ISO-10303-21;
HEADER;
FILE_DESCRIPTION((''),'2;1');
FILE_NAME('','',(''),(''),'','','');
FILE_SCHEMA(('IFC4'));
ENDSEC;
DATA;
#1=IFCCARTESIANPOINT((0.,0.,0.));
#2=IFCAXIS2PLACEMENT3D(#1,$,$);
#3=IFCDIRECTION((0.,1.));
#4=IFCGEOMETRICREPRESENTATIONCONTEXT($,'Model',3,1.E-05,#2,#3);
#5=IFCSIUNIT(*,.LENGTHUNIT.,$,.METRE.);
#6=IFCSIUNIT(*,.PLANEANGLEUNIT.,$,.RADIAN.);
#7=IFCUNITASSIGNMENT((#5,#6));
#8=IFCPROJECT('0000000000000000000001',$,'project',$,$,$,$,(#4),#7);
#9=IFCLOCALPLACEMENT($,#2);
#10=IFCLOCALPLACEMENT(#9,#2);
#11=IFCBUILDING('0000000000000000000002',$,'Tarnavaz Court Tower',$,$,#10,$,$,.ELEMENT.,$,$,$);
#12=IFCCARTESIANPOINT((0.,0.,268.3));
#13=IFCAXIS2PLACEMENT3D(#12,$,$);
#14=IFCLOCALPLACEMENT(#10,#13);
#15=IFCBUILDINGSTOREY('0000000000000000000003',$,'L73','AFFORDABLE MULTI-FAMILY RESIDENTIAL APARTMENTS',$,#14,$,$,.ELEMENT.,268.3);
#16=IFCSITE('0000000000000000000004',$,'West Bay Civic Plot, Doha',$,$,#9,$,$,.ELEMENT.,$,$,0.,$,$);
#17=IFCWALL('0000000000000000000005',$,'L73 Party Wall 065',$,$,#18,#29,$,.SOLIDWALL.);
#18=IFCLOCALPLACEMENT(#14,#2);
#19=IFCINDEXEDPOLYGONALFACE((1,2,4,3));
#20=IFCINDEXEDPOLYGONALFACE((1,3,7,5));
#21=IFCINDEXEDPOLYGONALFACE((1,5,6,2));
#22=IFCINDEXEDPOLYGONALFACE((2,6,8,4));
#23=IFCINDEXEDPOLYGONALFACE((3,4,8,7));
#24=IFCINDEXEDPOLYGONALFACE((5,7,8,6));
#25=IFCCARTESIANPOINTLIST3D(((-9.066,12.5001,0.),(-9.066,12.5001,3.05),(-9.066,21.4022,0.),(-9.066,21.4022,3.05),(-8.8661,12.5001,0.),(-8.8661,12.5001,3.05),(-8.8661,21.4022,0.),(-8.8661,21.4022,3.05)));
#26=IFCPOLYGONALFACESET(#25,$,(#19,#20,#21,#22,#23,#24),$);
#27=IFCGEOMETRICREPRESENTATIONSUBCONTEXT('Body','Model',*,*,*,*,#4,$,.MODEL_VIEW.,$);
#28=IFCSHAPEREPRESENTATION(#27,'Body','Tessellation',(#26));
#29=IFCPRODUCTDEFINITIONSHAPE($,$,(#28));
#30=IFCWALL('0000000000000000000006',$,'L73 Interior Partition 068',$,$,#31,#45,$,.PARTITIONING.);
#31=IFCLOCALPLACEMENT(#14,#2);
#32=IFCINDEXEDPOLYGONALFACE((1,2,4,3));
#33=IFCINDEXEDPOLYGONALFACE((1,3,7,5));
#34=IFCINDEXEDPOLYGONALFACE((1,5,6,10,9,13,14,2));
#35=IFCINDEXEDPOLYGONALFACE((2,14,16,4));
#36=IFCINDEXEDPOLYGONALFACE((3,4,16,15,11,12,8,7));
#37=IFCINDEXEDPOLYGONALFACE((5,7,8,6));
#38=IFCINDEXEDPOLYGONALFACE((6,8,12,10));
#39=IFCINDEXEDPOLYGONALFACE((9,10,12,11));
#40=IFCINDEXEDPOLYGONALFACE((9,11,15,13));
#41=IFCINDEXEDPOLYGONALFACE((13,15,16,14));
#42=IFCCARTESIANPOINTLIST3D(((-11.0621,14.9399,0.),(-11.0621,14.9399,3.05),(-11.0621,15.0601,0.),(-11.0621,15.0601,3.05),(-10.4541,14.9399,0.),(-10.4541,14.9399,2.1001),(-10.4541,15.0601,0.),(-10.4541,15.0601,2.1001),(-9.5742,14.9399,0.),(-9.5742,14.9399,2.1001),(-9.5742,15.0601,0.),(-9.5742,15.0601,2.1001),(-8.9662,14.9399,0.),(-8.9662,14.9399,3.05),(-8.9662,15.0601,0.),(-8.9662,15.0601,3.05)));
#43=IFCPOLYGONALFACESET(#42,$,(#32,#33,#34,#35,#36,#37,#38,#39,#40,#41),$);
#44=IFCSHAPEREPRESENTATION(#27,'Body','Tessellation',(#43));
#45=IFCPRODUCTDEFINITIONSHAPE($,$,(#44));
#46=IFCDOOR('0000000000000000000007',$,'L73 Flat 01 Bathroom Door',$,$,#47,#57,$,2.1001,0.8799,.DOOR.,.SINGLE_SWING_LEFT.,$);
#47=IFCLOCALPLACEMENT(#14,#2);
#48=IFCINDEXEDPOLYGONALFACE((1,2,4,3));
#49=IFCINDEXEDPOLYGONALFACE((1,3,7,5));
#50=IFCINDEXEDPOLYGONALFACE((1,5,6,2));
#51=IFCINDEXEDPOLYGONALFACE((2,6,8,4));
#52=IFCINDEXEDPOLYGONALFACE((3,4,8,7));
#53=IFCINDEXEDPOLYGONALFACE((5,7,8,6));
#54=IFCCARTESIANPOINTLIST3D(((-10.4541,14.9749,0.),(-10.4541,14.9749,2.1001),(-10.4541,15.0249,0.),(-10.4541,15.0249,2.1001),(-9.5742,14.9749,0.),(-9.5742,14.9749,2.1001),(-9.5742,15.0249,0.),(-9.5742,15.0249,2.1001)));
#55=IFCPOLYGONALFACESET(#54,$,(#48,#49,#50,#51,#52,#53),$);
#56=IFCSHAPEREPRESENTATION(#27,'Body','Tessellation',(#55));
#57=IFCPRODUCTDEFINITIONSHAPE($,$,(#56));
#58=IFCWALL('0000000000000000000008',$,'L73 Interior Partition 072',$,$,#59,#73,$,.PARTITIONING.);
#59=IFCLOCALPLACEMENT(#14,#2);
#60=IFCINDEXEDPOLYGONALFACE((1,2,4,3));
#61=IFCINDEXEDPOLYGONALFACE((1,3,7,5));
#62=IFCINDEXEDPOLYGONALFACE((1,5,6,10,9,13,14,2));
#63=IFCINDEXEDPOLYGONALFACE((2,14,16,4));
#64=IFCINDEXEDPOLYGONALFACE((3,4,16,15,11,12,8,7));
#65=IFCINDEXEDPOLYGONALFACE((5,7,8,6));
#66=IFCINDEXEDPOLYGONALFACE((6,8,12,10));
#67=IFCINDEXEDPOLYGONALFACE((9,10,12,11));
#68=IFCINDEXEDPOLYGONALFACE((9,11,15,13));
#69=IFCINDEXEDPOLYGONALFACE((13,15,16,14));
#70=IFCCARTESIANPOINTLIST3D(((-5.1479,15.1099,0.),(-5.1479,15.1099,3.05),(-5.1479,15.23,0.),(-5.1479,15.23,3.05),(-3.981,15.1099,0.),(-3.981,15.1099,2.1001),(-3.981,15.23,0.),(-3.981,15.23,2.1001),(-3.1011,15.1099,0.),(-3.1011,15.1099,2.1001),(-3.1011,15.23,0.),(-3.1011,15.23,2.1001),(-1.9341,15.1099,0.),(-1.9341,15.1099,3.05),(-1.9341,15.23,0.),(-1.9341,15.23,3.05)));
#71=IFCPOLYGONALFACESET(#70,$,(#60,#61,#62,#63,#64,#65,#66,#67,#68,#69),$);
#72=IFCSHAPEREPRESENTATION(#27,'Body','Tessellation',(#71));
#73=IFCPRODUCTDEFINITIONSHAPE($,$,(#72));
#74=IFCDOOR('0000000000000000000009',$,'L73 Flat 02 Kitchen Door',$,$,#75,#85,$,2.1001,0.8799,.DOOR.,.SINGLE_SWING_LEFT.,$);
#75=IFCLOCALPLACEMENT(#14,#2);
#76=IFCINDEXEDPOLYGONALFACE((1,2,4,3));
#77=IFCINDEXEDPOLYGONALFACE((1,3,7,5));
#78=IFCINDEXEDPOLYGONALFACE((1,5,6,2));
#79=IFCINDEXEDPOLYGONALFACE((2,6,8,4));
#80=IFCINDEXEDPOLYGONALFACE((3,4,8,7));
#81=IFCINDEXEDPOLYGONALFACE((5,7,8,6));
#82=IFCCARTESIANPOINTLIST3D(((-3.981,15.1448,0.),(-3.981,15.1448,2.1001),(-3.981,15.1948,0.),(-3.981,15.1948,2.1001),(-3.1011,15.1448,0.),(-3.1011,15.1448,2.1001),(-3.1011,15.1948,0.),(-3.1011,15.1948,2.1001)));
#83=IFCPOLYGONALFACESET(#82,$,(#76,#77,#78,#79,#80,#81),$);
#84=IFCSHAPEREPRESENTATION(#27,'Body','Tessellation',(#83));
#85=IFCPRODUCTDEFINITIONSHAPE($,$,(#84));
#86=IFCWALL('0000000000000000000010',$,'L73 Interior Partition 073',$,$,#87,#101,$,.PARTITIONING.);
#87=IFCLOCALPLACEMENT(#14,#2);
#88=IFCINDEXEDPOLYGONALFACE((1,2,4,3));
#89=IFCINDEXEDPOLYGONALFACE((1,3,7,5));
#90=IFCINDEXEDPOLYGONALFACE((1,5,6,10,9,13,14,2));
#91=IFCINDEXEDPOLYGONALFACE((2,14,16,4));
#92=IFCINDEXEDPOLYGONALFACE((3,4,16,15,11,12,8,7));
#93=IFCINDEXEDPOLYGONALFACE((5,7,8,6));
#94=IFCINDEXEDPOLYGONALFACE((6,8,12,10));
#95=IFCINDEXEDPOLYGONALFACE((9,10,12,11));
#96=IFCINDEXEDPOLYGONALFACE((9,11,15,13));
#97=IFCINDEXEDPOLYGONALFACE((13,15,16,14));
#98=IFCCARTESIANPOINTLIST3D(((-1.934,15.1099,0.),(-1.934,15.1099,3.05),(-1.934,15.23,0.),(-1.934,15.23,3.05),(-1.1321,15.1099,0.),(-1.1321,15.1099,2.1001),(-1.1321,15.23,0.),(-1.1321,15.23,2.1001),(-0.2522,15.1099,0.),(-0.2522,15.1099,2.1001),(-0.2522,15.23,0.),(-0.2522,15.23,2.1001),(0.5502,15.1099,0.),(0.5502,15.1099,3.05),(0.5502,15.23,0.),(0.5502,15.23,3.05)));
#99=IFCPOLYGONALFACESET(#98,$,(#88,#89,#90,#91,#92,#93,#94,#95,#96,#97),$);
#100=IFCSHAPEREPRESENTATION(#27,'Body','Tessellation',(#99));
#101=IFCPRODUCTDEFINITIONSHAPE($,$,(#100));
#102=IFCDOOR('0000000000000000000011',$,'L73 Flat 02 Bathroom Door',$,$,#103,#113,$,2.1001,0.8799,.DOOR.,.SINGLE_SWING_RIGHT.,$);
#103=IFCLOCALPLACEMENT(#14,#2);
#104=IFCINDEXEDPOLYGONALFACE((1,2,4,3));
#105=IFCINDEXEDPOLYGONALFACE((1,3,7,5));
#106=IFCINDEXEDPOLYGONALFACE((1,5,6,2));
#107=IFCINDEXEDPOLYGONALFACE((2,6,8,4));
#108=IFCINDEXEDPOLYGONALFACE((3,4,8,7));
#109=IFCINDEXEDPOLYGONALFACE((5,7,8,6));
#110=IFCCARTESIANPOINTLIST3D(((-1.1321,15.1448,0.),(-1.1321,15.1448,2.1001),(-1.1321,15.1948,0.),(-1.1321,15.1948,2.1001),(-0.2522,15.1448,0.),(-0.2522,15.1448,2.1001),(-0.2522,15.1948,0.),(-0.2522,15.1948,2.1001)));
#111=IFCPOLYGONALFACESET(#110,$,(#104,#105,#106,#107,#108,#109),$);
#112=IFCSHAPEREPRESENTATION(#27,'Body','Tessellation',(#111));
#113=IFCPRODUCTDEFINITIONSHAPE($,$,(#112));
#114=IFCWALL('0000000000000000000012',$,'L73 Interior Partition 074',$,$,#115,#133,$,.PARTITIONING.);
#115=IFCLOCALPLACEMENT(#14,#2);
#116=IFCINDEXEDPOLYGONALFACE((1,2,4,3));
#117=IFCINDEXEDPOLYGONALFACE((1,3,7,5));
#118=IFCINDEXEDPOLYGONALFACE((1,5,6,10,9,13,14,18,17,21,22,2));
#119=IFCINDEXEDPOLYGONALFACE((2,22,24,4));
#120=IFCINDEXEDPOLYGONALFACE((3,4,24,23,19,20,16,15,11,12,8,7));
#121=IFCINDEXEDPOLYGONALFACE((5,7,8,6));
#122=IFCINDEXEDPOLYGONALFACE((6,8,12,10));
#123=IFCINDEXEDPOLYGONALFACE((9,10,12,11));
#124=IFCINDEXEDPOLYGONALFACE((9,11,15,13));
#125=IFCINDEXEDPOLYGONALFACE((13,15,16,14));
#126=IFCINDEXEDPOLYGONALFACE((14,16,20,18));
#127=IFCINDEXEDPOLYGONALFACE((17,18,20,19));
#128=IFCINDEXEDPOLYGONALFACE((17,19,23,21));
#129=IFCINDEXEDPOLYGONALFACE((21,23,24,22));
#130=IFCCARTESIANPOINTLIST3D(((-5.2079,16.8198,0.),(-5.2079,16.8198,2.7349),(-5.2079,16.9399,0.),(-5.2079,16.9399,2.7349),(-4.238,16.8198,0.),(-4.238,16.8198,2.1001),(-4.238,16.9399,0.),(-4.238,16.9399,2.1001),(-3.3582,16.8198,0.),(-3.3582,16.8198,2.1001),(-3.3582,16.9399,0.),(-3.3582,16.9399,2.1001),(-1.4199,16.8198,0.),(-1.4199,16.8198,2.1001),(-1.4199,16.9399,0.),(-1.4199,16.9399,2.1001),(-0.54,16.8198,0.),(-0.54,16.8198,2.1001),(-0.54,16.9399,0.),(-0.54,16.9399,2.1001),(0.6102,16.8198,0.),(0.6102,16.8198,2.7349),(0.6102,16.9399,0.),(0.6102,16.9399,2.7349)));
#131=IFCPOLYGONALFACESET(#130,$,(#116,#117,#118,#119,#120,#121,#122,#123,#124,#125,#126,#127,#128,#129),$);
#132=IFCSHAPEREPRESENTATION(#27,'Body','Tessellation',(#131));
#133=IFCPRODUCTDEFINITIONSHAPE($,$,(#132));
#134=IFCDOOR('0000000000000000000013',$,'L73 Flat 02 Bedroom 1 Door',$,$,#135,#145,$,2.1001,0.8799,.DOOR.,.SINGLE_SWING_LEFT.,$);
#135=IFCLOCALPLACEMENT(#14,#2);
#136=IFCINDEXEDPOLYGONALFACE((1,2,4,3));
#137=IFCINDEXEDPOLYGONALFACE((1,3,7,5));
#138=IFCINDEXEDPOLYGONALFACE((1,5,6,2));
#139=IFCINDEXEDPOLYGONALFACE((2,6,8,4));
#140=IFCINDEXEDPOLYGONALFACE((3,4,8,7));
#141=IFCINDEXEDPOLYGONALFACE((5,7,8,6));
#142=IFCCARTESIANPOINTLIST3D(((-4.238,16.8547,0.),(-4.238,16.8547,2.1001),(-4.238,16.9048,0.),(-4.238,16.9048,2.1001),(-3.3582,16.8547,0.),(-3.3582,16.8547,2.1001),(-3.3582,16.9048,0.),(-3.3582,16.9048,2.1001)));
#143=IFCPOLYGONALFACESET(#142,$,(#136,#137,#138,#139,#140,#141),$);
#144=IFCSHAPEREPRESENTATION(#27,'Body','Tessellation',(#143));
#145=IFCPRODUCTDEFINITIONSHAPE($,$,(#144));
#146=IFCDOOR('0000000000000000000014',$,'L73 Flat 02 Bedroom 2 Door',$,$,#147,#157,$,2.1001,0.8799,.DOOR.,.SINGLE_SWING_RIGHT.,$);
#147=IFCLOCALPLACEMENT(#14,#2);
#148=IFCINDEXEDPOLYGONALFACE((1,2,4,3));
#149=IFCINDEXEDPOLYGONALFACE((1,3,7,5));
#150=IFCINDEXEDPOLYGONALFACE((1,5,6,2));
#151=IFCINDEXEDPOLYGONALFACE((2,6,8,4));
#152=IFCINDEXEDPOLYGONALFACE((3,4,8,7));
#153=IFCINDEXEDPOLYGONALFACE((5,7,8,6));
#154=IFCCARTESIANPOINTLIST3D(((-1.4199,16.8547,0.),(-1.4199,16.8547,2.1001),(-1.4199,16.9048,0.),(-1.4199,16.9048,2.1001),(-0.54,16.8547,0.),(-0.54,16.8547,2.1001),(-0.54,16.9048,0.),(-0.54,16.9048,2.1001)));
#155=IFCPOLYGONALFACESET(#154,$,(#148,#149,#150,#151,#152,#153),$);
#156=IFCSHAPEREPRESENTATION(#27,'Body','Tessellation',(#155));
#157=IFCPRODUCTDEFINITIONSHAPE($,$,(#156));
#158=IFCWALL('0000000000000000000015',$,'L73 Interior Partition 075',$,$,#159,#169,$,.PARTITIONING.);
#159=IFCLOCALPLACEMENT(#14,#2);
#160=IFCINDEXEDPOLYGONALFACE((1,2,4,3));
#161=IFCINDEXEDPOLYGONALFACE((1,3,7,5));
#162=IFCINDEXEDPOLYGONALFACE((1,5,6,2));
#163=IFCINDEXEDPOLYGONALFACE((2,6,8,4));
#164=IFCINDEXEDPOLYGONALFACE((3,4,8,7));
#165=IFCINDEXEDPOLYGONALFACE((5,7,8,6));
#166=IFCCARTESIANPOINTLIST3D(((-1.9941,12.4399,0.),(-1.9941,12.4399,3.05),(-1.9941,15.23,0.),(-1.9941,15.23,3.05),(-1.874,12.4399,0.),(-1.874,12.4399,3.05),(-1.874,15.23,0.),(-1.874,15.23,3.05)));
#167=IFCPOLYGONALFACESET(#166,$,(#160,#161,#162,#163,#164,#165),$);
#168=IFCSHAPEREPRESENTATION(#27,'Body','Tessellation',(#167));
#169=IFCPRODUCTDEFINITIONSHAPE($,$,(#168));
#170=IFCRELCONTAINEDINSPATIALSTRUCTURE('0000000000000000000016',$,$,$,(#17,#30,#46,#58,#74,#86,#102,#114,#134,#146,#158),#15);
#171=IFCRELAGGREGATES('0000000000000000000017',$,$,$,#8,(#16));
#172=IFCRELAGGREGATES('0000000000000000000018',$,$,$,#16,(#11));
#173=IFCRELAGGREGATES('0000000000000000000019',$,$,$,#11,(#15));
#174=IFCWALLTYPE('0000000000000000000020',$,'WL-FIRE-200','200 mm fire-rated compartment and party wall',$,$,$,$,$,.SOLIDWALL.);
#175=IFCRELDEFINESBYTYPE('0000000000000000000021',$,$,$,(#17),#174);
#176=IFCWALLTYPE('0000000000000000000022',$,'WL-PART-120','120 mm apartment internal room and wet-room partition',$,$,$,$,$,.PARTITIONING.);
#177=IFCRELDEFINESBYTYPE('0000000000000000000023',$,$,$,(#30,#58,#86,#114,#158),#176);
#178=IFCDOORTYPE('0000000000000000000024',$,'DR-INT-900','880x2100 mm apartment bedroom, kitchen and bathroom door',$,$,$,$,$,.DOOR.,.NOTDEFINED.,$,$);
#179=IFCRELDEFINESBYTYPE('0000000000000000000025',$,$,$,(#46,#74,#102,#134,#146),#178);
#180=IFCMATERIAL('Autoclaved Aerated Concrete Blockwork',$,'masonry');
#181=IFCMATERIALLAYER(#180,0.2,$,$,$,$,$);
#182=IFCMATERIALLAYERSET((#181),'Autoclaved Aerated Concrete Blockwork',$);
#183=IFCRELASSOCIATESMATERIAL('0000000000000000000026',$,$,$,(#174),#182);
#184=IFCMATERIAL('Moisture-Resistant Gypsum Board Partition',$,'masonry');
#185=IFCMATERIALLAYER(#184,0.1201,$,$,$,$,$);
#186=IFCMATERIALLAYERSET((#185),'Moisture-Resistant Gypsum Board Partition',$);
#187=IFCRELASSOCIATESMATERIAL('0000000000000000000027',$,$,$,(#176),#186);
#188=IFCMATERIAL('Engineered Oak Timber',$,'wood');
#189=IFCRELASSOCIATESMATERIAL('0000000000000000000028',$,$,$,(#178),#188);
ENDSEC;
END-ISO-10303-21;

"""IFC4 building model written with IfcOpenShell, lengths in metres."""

from ifc_helpers import new_model, si_unit, direction, frame, frame_2d, origin, place, context, subcontext, project, spatial, rectangle, extrude, material, layer, layer_set, type_object, element, fill, save


model = new_model("IFC4")

# Units and contexts
model_context = context("Model", 3, precision=1e-05, world=origin(), true_north=direction((0.0, 1.0)))
body_context = subcontext(model_context, "Body", "Model", "MODEL_VIEW")
ifc_project = project(units=[si_unit("LENGTHUNIT", "METRE"), si_unit("PLANEANGLEUNIT", "RADIAN")], contexts=[model_context])

# Site, building, storey
site_placement = place(None, origin())
site = spatial("IfcSite", under=ifc_project, at=site_placement, Name="West Bay Civic Plot, Doha", CompositionType="ELEMENT", RefElevation=0.0)
building_placement = place(site_placement, origin())
building = spatial("IfcBuilding", under=site, at=building_placement, Name="Tarnavaz Court Tower", CompositionType="ELEMENT")
storey_placement = place(building_placement, frame((0.0, 0.0, 268.3)))
storey = spatial("IfcBuildingStorey", under=building, at=storey_placement, Name="L73", Description="AFFORDABLE MULTI-FAMILY RESIDENTIAL APARTMENTS", CompositionType="ELEMENT", Elevation=268.3)

# Wall
ifc_material_1 = material(Name="Autoclaved Aerated Concrete Blockwork", Category="masonry")
ifc_layer_1 = layer(ifc_material_1, 0.2)
ifc_layer_set_1 = layer_set([ifc_layer_1], Name="Autoclaved Aerated Concrete Blockwork")
wall_type_1 = type_object("IfcWallType", Name="WL-FIRE-200", Description="200 mm fire-rated compartment and party wall", PredefinedType="SOLIDWALL", material=ifc_layer_set_1)
wall_1_placement = place(storey_placement, frame((-8.9661, 12.5, 0.0), z_axis=(0.0, 0.0, 1.0), x_axis=(0.0, 1.0, 0.0)))
element("IfcWall", 1, at=wall_1_placement, inside=storey, type_object=wall_type_1, Name="L73 Party Wall 065", PredefinedType="SOLIDWALL", context=body_context, shape_type="SweptSolid", body=[
    extrude(rectangle(XDim=8.9021, YDim=0.2, at=frame_2d((4.4512, 0.0))), origin(), (0.0, 0.0, 1.0), 3.05),
])

# Walls, openings, doors
ifc_material_2 = material(Name="Moisture-Resistant Gypsum Board Partition", Category="masonry")
ifc_layer_2 = layer(ifc_material_2, 0.1201)
ifc_layer_set_2 = layer_set([ifc_layer_2], Name="Moisture-Resistant Gypsum Board Partition")
wall_type_2 = type_object("IfcWallType", Name="WL-PART-120", Description="120 mm apartment internal room and wet-room partition", PredefinedType="PARTITIONING", material=ifc_layer_set_2)
wall_2_placement = place(storey_placement, frame((-11.062, 15.0, 0.0), z_axis=(0.0, 0.0, 1.0), x_axis=(1.0, 0.0, 0.0)))
wall_2 = element("IfcWall", 2, at=wall_2_placement, inside=storey, type_object=wall_type_2, Name="L73 Interior Partition 068", PredefinedType="PARTITIONING", context=body_context, shape_type="SweptSolid", body=[
    extrude(rectangle(XDim=2.0959, YDim=0.1201, at=frame_2d((1.0479, 0.0))), origin(), (0.0, 0.0, 1.0), 3.05),
])
opening_1_placement = place(wall_2_placement, frame((0.6079, 0.0, 0.0)))
opening_1 = element("IfcOpeningElement", 3, at=opening_1_placement, cuts=wall_2, PredefinedType="OPENING", context=body_context, shape_type="SweptSolid", body=[
    extrude(rectangle(XDim=0.8799, YDim=2.1001, at=frame_2d((0.4399, 1.05))), frame((0.0, 0.0701, 0.0), z_axis=(0.0, -1.0, 0.0), x_axis=(1.0, 0.0, 0.0)), (0.0, 0.0, 1.0), 0.1401),
])
ifc_material_3 = material(Name="Engineered Oak Timber", Category="wood")
door_type = type_object("IfcDoorType", Name="DR-INT-900", Description="880x2100 mm apartment bedroom, kitchen and bathroom door", OperationType="NOTDEFINED", PredefinedType="DOOR", material=ifc_material_3)
door_1_placement = place(opening_1_placement, origin())
door_1 = element("IfcDoor", 4, at=door_1_placement, inside=storey, type_object=door_type, Name="L73 Flat 01 Bathroom Door", OperationType="SINGLE_SWING_LEFT", OverallHeight=2.1001, OverallWidth=0.8799, PredefinedType="DOOR", context=body_context, shape_type="SweptSolid", body=[
    extrude(rectangle(XDim=0.8799, YDim=2.1001, at=frame_2d((0.4399, 1.05))), frame((0.0, 0.0249, 0.0), z_axis=(0.0, -1.0, 0.0), x_axis=(1.0, 0.0, 0.0)), (0.0, 0.0, 1.0), 0.05),
])
fill(opening_1, door_1)
wall_3_placement = place(storey_placement, frame((-5.1479, 15.1699, 0.0), z_axis=(0.0, 0.0, 1.0), x_axis=(1.0, 0.0, 0.0)))
wall_3 = element("IfcWall", 5, at=wall_3_placement, inside=storey, type_object=wall_type_2, Name="L73 Interior Partition 072", PredefinedType="PARTITIONING", context=body_context, shape_type="SweptSolid", body=[
    extrude(rectangle(XDim=3.2139, YDim=0.1201, at=frame_2d((1.6069, 0.0))), origin(), (0.0, 0.0, 1.0), 3.05),
])
opening_2_placement = place(wall_3_placement, frame((1.167, 0.0, 0.0)))
opening_2 = element("IfcOpeningElement", 6, at=opening_2_placement, cuts=wall_3, PredefinedType="OPENING", context=body_context, shape_type="SweptSolid", body=[
    extrude(rectangle(XDim=0.8799, YDim=2.1001, at=frame_2d((0.4399, 1.05))), frame((0.0, 0.0701, 0.0), z_axis=(0.0, -1.0, 0.0), x_axis=(1.0, 0.0, 0.0)), (0.0, 0.0, 1.0), 0.1401),
])
door_2_placement = place(opening_2_placement, origin())
door_2 = element("IfcDoor", 7, at=door_2_placement, inside=storey, type_object=door_type, Name="L73 Flat 02 Kitchen Door", OperationType="SINGLE_SWING_LEFT", OverallHeight=2.1001, OverallWidth=0.8799, PredefinedType="DOOR", context=body_context, shape_type="SweptSolid", body=[
    extrude(rectangle(XDim=0.8799, YDim=2.1001, at=frame_2d((0.4399, 1.05))), frame((0.0, 0.0249, 0.0), z_axis=(0.0, -1.0, 0.0), x_axis=(1.0, 0.0, 0.0)), (0.0, 0.0, 1.0), 0.05),
])
fill(opening_2, door_2)
wall_4_placement = place(storey_placement, frame((-1.9341, 15.1699, 0.0), z_axis=(0.0, 0.0, 1.0), x_axis=(1.0, 0.0, 0.0)))
wall_4 = element("IfcWall", 8, at=wall_4_placement, inside=storey, type_object=wall_type_2, Name="L73 Interior Partition 073", PredefinedType="PARTITIONING", context=body_context, shape_type="SweptSolid", body=[
    extrude(rectangle(XDim=2.4841, YDim=0.1201, at=frame_2d((1.2422, 0.0))), origin(), (0.0, 0.0, 1.0), 3.05),
])
opening_3_placement = place(wall_4_placement, frame((0.802, 0.0, 0.0)))
opening_3 = element("IfcOpeningElement", 9, at=opening_3_placement, cuts=wall_4, PredefinedType="OPENING", context=body_context, shape_type="SweptSolid", body=[
    extrude(rectangle(XDim=0.8799, YDim=2.1001, at=frame_2d((0.4399, 1.05))), frame((0.0, 0.0701, 0.0), z_axis=(0.0, -1.0, 0.0), x_axis=(1.0, 0.0, 0.0)), (0.0, 0.0, 1.0), 0.1401),
])
door_3_placement = place(opening_3_placement, origin())
door_3 = element("IfcDoor", 10, at=door_3_placement, inside=storey, type_object=door_type, Name="L73 Flat 02 Bathroom Door", OperationType="SINGLE_SWING_RIGHT", OverallHeight=2.1001, OverallWidth=0.8799, PredefinedType="DOOR", context=body_context, shape_type="SweptSolid", body=[
    extrude(rectangle(XDim=0.8799, YDim=2.1001, at=frame_2d((0.4399, 1.05))), frame((0.0, 0.0249, 0.0), z_axis=(0.0, -1.0, 0.0), x_axis=(1.0, 0.0, 0.0)), (0.0, 0.0, 1.0), 0.05),
])
fill(opening_3, door_3)

# Wall, openings, doors
wall_5_placement = place(storey_placement, frame((-5.208, 16.8799, 0.0), z_axis=(0.0, 0.0, 1.0), x_axis=(1.0, 0.0, 0.0)))
wall_5 = element("IfcWall", 11, at=wall_5_placement, inside=storey, type_object=wall_type_2, Name="L73 Interior Partition 074", PredefinedType="PARTITIONING", context=body_context, shape_type="SweptSolid", body=[
    extrude(rectangle(XDim=5.8181, YDim=0.1201, at=frame_2d((2.9092, 0.0))), origin(), (0.0, 0.0, 1.0), 2.7349),
])
opening_4_placement = place(wall_5_placement, frame((0.97, 0.0, 0.0)))
opening_4 = element("IfcOpeningElement", 12, at=opening_4_placement, cuts=wall_5, PredefinedType="OPENING", context=body_context, shape_type="SweptSolid", body=[
    extrude(rectangle(XDim=0.8799, YDim=2.1001, at=frame_2d((0.4399, 1.05))), frame((0.0, 0.0701, 0.0), z_axis=(0.0, -1.0, 0.0), x_axis=(1.0, 0.0, 0.0)), (0.0, 0.0, 1.0), 0.1401),
])
opening_5_placement = place(wall_5_placement, frame((3.7881, 0.0, 0.0)))
opening_5 = element("IfcOpeningElement", 13, at=opening_5_placement, cuts=wall_5, PredefinedType="OPENING", context=body_context, shape_type="SweptSolid", body=[
    extrude(rectangle(XDim=0.8799, YDim=2.1001, at=frame_2d((0.4399, 1.05))), frame((0.0, 0.0701, 0.0), z_axis=(0.0, -1.0, 0.0), x_axis=(1.0, 0.0, 0.0)), (0.0, 0.0, 1.0), 0.1401),
])
door_4_placement = place(opening_4_placement, origin())
door_4 = element("IfcDoor", 14, at=door_4_placement, inside=storey, type_object=door_type, Name="L73 Flat 02 Bedroom 1 Door", OperationType="SINGLE_SWING_LEFT", OverallHeight=2.1001, OverallWidth=0.8799, PredefinedType="DOOR", context=body_context, shape_type="SweptSolid", body=[
    extrude(rectangle(XDim=0.8799, YDim=2.1001, at=frame_2d((0.4399, 1.05))), frame((0.0, 0.0249, 0.0), z_axis=(0.0, -1.0, 0.0), x_axis=(1.0, 0.0, 0.0)), (0.0, 0.0, 1.0), 0.05),
])
fill(opening_4, door_4)
door_5_placement = place(opening_5_placement, origin())
door_5 = element("IfcDoor", 15, at=door_5_placement, inside=storey, type_object=door_type, Name="L73 Flat 02 Bedroom 2 Door", OperationType="SINGLE_SWING_RIGHT", OverallHeight=2.1001, OverallWidth=0.8799, PredefinedType="DOOR", context=body_context, shape_type="SweptSolid", body=[
    extrude(rectangle(XDim=0.8799, YDim=2.1001, at=frame_2d((0.4399, 1.05))), frame((0.0, 0.0249, 0.0), z_axis=(0.0, -1.0, 0.0), x_axis=(1.0, 0.0, 0.0)), (0.0, 0.0, 1.0), 0.05),
])
fill(opening_5, door_5)

# Wall
wall_6_placement = place(storey_placement, frame((-1.9341, 12.4399, 0.0), z_axis=(0.0, 0.0, 1.0), x_axis=(0.0, 1.0, 0.0)))
element("IfcWall", 16, at=wall_6_placement, inside=storey, type_object=wall_type_2, Name="L73 Interior Partition 075", PredefinedType="PARTITIONING", context=body_context, shape_type="SweptSolid", body=[
    extrude(rectangle(XDim=2.79, YDim=0.1201, at=frame_2d((1.395, 0.0))), origin(), (0.0, 0.0, 1.0), 3.05),
])

save(model, "model.ifc")
